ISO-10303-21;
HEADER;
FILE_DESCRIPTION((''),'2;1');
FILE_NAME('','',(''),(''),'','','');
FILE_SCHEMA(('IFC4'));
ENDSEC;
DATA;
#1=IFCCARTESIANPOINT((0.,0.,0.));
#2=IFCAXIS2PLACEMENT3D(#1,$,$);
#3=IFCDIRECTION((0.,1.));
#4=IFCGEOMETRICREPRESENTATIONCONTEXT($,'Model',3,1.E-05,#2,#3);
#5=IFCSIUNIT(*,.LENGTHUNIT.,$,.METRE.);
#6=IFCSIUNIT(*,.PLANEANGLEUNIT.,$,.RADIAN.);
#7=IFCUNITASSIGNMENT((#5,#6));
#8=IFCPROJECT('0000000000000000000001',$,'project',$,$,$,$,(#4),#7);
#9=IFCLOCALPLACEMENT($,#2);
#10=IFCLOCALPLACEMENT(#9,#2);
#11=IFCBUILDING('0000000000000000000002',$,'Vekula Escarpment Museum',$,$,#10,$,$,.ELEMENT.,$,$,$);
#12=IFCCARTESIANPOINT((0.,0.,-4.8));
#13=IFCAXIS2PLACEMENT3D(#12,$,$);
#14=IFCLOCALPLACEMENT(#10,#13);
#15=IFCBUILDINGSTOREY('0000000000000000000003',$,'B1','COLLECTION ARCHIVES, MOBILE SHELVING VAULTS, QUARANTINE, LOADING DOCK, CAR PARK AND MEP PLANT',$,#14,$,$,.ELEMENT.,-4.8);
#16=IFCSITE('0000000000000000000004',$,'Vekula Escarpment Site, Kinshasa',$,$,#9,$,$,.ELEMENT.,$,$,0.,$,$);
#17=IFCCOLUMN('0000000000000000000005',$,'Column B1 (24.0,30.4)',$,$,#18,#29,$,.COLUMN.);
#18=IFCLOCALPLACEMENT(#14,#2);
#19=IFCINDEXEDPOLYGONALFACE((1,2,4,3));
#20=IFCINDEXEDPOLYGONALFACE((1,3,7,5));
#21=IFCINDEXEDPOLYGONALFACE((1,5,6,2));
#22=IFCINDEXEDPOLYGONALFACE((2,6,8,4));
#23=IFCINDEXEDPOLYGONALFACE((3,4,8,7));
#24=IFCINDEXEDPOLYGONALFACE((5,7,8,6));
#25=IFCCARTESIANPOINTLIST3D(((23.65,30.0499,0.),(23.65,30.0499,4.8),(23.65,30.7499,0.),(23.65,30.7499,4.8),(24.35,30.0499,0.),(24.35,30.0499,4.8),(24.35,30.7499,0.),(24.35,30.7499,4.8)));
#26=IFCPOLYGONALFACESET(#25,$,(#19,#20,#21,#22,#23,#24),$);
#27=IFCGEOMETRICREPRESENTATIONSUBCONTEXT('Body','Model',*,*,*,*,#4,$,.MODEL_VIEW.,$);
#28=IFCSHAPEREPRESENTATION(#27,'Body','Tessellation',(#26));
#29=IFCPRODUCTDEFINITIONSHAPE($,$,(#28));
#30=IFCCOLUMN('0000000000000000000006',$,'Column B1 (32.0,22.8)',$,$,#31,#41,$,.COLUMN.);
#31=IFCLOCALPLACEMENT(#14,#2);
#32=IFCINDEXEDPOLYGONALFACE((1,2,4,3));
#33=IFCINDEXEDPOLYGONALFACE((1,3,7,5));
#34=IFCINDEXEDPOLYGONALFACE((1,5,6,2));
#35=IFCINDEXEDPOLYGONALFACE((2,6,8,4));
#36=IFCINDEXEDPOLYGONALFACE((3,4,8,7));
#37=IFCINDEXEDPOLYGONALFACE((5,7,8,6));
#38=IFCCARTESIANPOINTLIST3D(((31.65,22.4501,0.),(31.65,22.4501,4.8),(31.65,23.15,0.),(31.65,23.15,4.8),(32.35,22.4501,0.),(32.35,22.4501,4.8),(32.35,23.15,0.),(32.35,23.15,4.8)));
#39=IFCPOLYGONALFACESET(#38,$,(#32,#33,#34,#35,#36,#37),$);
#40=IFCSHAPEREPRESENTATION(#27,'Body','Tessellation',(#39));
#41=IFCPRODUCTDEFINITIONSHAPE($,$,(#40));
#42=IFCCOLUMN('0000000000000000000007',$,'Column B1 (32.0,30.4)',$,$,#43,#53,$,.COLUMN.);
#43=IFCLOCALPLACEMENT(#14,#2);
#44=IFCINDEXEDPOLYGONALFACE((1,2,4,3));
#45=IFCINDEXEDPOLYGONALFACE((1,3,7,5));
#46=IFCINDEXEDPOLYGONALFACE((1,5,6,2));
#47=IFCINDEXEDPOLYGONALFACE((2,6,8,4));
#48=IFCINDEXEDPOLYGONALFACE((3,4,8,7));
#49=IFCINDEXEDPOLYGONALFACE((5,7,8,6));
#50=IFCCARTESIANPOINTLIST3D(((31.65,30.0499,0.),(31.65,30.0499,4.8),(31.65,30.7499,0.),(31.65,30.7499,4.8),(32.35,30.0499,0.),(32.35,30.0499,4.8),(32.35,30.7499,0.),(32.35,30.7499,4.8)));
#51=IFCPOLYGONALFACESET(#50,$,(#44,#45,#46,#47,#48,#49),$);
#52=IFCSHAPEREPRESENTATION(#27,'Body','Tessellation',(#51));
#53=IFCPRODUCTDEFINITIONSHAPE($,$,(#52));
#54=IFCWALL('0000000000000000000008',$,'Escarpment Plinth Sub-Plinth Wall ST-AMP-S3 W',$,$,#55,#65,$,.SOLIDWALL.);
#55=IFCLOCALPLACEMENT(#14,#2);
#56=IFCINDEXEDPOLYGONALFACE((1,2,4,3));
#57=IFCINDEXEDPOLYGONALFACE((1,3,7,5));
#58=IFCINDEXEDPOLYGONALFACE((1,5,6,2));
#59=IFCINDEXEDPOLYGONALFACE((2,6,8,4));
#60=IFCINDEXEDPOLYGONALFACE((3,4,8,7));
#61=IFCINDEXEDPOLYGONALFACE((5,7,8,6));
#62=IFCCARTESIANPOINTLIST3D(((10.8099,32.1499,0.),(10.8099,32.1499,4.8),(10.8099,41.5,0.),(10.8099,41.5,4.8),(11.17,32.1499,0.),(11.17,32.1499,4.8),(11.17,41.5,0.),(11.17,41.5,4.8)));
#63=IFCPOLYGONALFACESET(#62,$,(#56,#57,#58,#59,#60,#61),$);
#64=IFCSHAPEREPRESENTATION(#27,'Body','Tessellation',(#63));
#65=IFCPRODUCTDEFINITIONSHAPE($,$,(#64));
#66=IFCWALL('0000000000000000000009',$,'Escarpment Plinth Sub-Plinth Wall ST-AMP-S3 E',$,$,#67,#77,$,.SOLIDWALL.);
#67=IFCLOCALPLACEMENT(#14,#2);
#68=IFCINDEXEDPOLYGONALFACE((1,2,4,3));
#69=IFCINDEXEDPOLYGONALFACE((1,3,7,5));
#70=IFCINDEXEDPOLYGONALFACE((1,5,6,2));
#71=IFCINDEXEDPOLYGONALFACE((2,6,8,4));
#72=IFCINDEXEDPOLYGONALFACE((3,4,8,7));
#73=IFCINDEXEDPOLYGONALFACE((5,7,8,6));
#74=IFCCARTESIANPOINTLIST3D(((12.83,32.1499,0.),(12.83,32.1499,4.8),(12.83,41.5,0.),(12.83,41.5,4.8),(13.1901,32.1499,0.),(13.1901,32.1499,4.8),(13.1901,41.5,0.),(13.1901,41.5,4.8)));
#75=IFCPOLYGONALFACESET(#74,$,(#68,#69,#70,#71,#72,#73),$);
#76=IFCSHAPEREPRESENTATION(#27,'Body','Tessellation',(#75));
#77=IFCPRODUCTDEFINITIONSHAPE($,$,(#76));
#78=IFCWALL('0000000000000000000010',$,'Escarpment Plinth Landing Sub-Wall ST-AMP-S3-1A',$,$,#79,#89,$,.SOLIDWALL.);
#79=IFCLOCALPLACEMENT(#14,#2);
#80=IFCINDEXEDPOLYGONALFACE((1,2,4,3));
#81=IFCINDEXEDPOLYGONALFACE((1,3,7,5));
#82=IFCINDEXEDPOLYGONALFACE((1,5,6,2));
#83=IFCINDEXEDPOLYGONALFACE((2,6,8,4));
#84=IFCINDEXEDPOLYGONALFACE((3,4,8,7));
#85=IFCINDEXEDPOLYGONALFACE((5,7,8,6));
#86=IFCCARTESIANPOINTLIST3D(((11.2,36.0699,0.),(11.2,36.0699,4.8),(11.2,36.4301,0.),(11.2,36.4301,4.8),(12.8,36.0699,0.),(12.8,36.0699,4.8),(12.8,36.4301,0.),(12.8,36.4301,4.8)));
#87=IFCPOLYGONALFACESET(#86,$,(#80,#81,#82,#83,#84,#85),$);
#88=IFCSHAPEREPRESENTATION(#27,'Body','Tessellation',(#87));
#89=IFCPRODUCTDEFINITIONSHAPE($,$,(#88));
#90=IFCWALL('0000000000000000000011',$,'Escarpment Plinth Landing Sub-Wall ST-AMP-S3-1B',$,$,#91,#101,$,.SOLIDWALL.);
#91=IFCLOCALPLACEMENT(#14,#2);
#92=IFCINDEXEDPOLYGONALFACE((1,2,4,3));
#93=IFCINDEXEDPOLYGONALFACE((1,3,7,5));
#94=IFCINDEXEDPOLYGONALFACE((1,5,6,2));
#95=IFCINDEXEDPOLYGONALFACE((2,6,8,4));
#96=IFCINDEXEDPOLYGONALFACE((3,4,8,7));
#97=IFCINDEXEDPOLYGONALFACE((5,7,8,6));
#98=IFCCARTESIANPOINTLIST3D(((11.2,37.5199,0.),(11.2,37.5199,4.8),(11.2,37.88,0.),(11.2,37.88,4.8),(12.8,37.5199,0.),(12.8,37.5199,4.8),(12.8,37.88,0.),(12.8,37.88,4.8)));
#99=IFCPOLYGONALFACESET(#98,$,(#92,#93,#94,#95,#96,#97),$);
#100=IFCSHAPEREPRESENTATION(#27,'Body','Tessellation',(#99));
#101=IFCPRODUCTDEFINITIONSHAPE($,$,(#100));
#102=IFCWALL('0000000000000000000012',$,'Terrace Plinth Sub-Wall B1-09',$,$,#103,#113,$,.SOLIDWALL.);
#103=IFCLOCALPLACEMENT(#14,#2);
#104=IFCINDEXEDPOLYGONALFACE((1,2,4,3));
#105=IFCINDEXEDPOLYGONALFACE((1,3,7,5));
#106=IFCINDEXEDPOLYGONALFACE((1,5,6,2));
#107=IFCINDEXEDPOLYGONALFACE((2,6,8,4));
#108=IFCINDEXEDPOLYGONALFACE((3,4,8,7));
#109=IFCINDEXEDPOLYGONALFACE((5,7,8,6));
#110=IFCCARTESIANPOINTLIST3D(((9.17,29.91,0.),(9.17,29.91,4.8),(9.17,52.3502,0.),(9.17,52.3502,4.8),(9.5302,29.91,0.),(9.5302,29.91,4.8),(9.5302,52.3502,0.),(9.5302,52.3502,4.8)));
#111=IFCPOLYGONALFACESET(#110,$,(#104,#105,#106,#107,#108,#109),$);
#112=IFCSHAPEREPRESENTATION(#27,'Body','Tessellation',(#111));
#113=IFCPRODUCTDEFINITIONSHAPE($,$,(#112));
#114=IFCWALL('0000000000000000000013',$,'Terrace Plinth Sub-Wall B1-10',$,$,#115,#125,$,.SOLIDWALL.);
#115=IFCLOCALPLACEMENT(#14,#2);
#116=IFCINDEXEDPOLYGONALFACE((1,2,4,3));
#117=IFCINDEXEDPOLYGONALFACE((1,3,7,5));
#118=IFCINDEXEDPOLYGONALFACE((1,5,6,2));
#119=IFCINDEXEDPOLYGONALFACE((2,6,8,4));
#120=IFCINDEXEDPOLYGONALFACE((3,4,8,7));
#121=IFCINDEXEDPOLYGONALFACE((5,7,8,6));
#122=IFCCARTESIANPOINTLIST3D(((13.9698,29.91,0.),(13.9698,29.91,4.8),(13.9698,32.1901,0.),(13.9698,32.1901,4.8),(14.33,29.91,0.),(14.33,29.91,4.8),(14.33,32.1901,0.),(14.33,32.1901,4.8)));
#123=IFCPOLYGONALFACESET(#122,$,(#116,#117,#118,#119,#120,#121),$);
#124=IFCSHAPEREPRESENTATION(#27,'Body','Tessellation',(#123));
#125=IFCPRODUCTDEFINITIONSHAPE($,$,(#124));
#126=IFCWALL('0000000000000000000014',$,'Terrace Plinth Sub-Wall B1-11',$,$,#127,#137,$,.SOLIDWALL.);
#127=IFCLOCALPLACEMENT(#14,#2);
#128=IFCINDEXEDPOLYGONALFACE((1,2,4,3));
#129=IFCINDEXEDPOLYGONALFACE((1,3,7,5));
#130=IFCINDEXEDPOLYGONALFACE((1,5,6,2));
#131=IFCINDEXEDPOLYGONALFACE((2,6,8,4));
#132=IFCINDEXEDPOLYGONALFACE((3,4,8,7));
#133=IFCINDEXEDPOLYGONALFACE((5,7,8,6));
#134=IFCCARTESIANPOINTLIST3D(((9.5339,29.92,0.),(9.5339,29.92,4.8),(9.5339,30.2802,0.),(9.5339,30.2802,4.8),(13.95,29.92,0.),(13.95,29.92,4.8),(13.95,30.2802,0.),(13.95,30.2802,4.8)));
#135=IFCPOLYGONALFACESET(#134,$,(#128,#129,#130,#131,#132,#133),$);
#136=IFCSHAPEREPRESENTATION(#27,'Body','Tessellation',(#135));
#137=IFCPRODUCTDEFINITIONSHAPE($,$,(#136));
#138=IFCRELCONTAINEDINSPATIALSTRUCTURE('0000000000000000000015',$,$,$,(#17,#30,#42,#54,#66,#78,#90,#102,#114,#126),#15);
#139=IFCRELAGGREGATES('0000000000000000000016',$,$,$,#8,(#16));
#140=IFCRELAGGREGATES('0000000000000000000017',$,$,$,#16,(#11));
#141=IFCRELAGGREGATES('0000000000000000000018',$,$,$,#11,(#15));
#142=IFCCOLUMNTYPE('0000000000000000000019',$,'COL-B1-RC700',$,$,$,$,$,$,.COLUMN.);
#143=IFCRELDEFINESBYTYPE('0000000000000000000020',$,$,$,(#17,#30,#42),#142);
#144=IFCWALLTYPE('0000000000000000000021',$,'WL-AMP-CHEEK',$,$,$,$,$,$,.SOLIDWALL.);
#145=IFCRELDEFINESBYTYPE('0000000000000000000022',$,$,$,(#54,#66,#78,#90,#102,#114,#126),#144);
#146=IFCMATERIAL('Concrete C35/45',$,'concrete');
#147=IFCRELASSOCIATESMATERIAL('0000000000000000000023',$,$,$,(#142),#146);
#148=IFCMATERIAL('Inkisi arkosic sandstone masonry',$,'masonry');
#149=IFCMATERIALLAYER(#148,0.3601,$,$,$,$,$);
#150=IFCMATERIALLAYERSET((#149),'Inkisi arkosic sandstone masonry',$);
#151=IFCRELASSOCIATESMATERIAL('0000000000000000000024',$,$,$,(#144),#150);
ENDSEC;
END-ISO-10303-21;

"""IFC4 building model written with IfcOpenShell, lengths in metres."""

from ifc_helpers import new_model, si_unit, direction, frame, frame_2d, origin, origin_2d, place, context, subcontext, project, spatial, rectangle, extrude, material, layer, layer_set, material_profile, profile_set, type_object, element, save


model = new_model("IFC4")

# Units and contexts
model_context = context("Model", 3, precision=1e-05, world=origin(), true_north=direction((0.0, 1.0)))
body_context = subcontext(model_context, "Body", "Model", "MODEL_VIEW")
ifc_project = project(units=[si_unit("LENGTHUNIT", "METRE"), si_unit("PLANEANGLEUNIT", "RADIAN")], contexts=[model_context])

# Site, building, storey
site_placement = place(None, origin())
site = spatial("IfcSite", under=ifc_project, at=site_placement, Name="Vekula Escarpment Site, Kinshasa", CompositionType="ELEMENT", RefElevation=0.0)
building_placement = place(site_placement, origin())
building = spatial("IfcBuilding", under=site, at=building_placement, Name="Vekula Escarpment Museum", CompositionType="ELEMENT")
storey_placement = place(building_placement, frame((0.0, 0.0, -4.8)))
storey = spatial("IfcBuildingStorey", under=building, at=storey_placement, Name="B1", Description="COLLECTION ARCHIVES, MOBILE SHELVING VAULTS, QUARANTINE, LOADING DOCK, CAR PARK AND MEP PLANT", CompositionType="ELEMENT", Elevation=-4.8)

# Columns
ifc_material_1 = material(Name="Concrete C35/45", Category="concrete")
ifc_material_profile_1 = material_profile(ifc_material_1, rectangle(XDim=0.7, YDim=0.7, at=origin_2d()), Name="RC 700x700")
ifc_profile_set_1 = profile_set([ifc_material_profile_1], Name="Concrete C35/45")
column_type_1 = type_object("IfcColumnType", Name="COL-B1-RC700", PredefinedType="COLUMN", material=ifc_profile_set_1)
for number, where, z_axis, x_axis, name in (
    (1, (24.0, 30.3999, 0.0), (0.0, 0.0, 1.0), (1.0, 0.0, 0.0), "Column B1 (24.0,30.4)"),
    (2, (32.0, 22.8, 0.0), (0.0, 0.0, 1.0), (1.0, 0.0, 0.0), "Column B1 (32.0,22.8)"),
    (3, (32.0, 30.3999, 0.0), (0.0, 0.0, 1.0), (1.0, 0.0, 0.0), "Column B1 (32.0,30.4)"),
):
    element("IfcColumn", number, at=place(storey_placement, frame(where, z_axis=z_axis, x_axis=x_axis)), inside=storey, type_object=column_type_1, Name=name, PredefinedType="COLUMN", context=body_context, shape_type="SweptSolid", body=[
        extrude(rectangle(XDim=0.7, YDim=0.7, at=origin_2d()), origin(), (0.0, 0.0, 1.0), 4.8),
    ])

# Walls
ifc_material_2 = material(Name="Inkisi arkosic sandstone masonry", Category="masonry")
ifc_layer = layer(ifc_material_2, 0.3601)
ifc_layer_set = layer_set([ifc_layer], Name="Inkisi arkosic sandstone masonry")
wall_type = type_object("IfcWallType", Name="WL-AMP-CHEEK", PredefinedType="SOLIDWALL", material=ifc_layer_set)
for number, where, z_axis, x_axis, name in (
    (4, (10.99, 32.1499, 0.0), (0.0, 0.0, 1.0), (0.0, 1.0, 0.0), "Escarpment Plinth Sub-Plinth Wall ST-AMP-S3 W"),
    (5, (13.01, 32.1499, 0.0), (0.0, 0.0, 1.0), (0.0, 1.0, 0.0), "Escarpment Plinth Sub-Plinth Wall ST-AMP-S3 E"),
):
    element("IfcWall", number, at=place(storey_placement, frame(where, z_axis=z_axis, x_axis=x_axis)), inside=storey, type_object=wall_type, Name=name, PredefinedType="SOLIDWALL", context=body_context, shape_type="SweptSolid", body=[
        extrude(rectangle(XDim=9.3501, YDim=0.3601, at=frame_2d((4.675, 0.0))), origin(), (0.0, 0.0, 1.0), 4.8),
    ])
for number, where, z_axis, x_axis, name in (
    (6, (11.2, 36.25, 0.0), (0.0, 0.0, 1.0), (1.0, 0.0, 0.0), "Escarpment Plinth Landing Sub-Wall ST-AMP-S3-1A"),
    (7, (11.2, 37.7, 0.0), (0.0, 0.0, 1.0), (1.0, 0.0, 0.0), "Escarpment Plinth Landing Sub-Wall ST-AMP-S3-1B"),
):
    element("IfcWall", number, at=place(storey_placement, frame(where, z_axis=z_axis, x_axis=x_axis)), inside=storey, type_object=wall_type, Name=name, PredefinedType="SOLIDWALL", context=body_context, shape_type="SweptSolid", body=[
        extrude(rectangle(XDim=1.6001, YDim=0.3601, at=frame_2d((0.8, 0.0))), origin(), (0.0, 0.0, 1.0), 4.8),
    ])
wall_1_placement = place(storey_placement, frame((9.3501, 29.9099, 0.0), z_axis=(0.0, 0.0, 1.0), x_axis=(0.0, 1.0, 0.0)))
element("IfcWall", 8, at=wall_1_placement, inside=storey, type_object=wall_type, Name="Terrace Plinth Sub-Wall B1-09", PredefinedType="SOLIDWALL", context=body_context, shape_type="SweptSolid", body=[
    extrude(rectangle(XDim=22.4402, YDim=0.3601, at=frame_2d((11.2202, 0.0))), origin(), (0.0, 0.0, 1.0), 4.8),
])
wall_2_placement = place(storey_placement, frame((14.1499, 29.9099, 0.0), z_axis=(0.0, 0.0, 1.0), x_axis=(0.0, 1.0, 0.0)))
element("IfcWall", 9, at=wall_2_placement, inside=storey, type_object=wall_type, Name="Terrace Plinth Sub-Wall B1-10", PredefinedType="SOLIDWALL", context=body_context, shape_type="SweptSolid", body=[
    extrude(rectangle(XDim=2.28, YDim=0.3601, at=frame_2d((1.1401, 0.0))), origin(), (0.0, 0.0, 1.0), 4.8),
])
wall_3_placement = place(storey_placement, frame((9.5339, 30.1001, 0.0), z_axis=(0.0, 0.0, 1.0), x_axis=(1.0, 0.0, 0.0)))
element("IfcWall", 10, at=wall_3_placement, inside=storey, type_object=wall_type, Name="Terrace Plinth Sub-Wall B1-11", PredefinedType="SOLIDWALL", context=body_context, shape_type="SweptSolid", body=[
    extrude(rectangle(XDim=4.416, YDim=0.3601, at=frame_2d((2.208, 0.0))), origin(), (0.0, 0.0, 1.0), 4.8),
])

save(model, "model.ifc")
